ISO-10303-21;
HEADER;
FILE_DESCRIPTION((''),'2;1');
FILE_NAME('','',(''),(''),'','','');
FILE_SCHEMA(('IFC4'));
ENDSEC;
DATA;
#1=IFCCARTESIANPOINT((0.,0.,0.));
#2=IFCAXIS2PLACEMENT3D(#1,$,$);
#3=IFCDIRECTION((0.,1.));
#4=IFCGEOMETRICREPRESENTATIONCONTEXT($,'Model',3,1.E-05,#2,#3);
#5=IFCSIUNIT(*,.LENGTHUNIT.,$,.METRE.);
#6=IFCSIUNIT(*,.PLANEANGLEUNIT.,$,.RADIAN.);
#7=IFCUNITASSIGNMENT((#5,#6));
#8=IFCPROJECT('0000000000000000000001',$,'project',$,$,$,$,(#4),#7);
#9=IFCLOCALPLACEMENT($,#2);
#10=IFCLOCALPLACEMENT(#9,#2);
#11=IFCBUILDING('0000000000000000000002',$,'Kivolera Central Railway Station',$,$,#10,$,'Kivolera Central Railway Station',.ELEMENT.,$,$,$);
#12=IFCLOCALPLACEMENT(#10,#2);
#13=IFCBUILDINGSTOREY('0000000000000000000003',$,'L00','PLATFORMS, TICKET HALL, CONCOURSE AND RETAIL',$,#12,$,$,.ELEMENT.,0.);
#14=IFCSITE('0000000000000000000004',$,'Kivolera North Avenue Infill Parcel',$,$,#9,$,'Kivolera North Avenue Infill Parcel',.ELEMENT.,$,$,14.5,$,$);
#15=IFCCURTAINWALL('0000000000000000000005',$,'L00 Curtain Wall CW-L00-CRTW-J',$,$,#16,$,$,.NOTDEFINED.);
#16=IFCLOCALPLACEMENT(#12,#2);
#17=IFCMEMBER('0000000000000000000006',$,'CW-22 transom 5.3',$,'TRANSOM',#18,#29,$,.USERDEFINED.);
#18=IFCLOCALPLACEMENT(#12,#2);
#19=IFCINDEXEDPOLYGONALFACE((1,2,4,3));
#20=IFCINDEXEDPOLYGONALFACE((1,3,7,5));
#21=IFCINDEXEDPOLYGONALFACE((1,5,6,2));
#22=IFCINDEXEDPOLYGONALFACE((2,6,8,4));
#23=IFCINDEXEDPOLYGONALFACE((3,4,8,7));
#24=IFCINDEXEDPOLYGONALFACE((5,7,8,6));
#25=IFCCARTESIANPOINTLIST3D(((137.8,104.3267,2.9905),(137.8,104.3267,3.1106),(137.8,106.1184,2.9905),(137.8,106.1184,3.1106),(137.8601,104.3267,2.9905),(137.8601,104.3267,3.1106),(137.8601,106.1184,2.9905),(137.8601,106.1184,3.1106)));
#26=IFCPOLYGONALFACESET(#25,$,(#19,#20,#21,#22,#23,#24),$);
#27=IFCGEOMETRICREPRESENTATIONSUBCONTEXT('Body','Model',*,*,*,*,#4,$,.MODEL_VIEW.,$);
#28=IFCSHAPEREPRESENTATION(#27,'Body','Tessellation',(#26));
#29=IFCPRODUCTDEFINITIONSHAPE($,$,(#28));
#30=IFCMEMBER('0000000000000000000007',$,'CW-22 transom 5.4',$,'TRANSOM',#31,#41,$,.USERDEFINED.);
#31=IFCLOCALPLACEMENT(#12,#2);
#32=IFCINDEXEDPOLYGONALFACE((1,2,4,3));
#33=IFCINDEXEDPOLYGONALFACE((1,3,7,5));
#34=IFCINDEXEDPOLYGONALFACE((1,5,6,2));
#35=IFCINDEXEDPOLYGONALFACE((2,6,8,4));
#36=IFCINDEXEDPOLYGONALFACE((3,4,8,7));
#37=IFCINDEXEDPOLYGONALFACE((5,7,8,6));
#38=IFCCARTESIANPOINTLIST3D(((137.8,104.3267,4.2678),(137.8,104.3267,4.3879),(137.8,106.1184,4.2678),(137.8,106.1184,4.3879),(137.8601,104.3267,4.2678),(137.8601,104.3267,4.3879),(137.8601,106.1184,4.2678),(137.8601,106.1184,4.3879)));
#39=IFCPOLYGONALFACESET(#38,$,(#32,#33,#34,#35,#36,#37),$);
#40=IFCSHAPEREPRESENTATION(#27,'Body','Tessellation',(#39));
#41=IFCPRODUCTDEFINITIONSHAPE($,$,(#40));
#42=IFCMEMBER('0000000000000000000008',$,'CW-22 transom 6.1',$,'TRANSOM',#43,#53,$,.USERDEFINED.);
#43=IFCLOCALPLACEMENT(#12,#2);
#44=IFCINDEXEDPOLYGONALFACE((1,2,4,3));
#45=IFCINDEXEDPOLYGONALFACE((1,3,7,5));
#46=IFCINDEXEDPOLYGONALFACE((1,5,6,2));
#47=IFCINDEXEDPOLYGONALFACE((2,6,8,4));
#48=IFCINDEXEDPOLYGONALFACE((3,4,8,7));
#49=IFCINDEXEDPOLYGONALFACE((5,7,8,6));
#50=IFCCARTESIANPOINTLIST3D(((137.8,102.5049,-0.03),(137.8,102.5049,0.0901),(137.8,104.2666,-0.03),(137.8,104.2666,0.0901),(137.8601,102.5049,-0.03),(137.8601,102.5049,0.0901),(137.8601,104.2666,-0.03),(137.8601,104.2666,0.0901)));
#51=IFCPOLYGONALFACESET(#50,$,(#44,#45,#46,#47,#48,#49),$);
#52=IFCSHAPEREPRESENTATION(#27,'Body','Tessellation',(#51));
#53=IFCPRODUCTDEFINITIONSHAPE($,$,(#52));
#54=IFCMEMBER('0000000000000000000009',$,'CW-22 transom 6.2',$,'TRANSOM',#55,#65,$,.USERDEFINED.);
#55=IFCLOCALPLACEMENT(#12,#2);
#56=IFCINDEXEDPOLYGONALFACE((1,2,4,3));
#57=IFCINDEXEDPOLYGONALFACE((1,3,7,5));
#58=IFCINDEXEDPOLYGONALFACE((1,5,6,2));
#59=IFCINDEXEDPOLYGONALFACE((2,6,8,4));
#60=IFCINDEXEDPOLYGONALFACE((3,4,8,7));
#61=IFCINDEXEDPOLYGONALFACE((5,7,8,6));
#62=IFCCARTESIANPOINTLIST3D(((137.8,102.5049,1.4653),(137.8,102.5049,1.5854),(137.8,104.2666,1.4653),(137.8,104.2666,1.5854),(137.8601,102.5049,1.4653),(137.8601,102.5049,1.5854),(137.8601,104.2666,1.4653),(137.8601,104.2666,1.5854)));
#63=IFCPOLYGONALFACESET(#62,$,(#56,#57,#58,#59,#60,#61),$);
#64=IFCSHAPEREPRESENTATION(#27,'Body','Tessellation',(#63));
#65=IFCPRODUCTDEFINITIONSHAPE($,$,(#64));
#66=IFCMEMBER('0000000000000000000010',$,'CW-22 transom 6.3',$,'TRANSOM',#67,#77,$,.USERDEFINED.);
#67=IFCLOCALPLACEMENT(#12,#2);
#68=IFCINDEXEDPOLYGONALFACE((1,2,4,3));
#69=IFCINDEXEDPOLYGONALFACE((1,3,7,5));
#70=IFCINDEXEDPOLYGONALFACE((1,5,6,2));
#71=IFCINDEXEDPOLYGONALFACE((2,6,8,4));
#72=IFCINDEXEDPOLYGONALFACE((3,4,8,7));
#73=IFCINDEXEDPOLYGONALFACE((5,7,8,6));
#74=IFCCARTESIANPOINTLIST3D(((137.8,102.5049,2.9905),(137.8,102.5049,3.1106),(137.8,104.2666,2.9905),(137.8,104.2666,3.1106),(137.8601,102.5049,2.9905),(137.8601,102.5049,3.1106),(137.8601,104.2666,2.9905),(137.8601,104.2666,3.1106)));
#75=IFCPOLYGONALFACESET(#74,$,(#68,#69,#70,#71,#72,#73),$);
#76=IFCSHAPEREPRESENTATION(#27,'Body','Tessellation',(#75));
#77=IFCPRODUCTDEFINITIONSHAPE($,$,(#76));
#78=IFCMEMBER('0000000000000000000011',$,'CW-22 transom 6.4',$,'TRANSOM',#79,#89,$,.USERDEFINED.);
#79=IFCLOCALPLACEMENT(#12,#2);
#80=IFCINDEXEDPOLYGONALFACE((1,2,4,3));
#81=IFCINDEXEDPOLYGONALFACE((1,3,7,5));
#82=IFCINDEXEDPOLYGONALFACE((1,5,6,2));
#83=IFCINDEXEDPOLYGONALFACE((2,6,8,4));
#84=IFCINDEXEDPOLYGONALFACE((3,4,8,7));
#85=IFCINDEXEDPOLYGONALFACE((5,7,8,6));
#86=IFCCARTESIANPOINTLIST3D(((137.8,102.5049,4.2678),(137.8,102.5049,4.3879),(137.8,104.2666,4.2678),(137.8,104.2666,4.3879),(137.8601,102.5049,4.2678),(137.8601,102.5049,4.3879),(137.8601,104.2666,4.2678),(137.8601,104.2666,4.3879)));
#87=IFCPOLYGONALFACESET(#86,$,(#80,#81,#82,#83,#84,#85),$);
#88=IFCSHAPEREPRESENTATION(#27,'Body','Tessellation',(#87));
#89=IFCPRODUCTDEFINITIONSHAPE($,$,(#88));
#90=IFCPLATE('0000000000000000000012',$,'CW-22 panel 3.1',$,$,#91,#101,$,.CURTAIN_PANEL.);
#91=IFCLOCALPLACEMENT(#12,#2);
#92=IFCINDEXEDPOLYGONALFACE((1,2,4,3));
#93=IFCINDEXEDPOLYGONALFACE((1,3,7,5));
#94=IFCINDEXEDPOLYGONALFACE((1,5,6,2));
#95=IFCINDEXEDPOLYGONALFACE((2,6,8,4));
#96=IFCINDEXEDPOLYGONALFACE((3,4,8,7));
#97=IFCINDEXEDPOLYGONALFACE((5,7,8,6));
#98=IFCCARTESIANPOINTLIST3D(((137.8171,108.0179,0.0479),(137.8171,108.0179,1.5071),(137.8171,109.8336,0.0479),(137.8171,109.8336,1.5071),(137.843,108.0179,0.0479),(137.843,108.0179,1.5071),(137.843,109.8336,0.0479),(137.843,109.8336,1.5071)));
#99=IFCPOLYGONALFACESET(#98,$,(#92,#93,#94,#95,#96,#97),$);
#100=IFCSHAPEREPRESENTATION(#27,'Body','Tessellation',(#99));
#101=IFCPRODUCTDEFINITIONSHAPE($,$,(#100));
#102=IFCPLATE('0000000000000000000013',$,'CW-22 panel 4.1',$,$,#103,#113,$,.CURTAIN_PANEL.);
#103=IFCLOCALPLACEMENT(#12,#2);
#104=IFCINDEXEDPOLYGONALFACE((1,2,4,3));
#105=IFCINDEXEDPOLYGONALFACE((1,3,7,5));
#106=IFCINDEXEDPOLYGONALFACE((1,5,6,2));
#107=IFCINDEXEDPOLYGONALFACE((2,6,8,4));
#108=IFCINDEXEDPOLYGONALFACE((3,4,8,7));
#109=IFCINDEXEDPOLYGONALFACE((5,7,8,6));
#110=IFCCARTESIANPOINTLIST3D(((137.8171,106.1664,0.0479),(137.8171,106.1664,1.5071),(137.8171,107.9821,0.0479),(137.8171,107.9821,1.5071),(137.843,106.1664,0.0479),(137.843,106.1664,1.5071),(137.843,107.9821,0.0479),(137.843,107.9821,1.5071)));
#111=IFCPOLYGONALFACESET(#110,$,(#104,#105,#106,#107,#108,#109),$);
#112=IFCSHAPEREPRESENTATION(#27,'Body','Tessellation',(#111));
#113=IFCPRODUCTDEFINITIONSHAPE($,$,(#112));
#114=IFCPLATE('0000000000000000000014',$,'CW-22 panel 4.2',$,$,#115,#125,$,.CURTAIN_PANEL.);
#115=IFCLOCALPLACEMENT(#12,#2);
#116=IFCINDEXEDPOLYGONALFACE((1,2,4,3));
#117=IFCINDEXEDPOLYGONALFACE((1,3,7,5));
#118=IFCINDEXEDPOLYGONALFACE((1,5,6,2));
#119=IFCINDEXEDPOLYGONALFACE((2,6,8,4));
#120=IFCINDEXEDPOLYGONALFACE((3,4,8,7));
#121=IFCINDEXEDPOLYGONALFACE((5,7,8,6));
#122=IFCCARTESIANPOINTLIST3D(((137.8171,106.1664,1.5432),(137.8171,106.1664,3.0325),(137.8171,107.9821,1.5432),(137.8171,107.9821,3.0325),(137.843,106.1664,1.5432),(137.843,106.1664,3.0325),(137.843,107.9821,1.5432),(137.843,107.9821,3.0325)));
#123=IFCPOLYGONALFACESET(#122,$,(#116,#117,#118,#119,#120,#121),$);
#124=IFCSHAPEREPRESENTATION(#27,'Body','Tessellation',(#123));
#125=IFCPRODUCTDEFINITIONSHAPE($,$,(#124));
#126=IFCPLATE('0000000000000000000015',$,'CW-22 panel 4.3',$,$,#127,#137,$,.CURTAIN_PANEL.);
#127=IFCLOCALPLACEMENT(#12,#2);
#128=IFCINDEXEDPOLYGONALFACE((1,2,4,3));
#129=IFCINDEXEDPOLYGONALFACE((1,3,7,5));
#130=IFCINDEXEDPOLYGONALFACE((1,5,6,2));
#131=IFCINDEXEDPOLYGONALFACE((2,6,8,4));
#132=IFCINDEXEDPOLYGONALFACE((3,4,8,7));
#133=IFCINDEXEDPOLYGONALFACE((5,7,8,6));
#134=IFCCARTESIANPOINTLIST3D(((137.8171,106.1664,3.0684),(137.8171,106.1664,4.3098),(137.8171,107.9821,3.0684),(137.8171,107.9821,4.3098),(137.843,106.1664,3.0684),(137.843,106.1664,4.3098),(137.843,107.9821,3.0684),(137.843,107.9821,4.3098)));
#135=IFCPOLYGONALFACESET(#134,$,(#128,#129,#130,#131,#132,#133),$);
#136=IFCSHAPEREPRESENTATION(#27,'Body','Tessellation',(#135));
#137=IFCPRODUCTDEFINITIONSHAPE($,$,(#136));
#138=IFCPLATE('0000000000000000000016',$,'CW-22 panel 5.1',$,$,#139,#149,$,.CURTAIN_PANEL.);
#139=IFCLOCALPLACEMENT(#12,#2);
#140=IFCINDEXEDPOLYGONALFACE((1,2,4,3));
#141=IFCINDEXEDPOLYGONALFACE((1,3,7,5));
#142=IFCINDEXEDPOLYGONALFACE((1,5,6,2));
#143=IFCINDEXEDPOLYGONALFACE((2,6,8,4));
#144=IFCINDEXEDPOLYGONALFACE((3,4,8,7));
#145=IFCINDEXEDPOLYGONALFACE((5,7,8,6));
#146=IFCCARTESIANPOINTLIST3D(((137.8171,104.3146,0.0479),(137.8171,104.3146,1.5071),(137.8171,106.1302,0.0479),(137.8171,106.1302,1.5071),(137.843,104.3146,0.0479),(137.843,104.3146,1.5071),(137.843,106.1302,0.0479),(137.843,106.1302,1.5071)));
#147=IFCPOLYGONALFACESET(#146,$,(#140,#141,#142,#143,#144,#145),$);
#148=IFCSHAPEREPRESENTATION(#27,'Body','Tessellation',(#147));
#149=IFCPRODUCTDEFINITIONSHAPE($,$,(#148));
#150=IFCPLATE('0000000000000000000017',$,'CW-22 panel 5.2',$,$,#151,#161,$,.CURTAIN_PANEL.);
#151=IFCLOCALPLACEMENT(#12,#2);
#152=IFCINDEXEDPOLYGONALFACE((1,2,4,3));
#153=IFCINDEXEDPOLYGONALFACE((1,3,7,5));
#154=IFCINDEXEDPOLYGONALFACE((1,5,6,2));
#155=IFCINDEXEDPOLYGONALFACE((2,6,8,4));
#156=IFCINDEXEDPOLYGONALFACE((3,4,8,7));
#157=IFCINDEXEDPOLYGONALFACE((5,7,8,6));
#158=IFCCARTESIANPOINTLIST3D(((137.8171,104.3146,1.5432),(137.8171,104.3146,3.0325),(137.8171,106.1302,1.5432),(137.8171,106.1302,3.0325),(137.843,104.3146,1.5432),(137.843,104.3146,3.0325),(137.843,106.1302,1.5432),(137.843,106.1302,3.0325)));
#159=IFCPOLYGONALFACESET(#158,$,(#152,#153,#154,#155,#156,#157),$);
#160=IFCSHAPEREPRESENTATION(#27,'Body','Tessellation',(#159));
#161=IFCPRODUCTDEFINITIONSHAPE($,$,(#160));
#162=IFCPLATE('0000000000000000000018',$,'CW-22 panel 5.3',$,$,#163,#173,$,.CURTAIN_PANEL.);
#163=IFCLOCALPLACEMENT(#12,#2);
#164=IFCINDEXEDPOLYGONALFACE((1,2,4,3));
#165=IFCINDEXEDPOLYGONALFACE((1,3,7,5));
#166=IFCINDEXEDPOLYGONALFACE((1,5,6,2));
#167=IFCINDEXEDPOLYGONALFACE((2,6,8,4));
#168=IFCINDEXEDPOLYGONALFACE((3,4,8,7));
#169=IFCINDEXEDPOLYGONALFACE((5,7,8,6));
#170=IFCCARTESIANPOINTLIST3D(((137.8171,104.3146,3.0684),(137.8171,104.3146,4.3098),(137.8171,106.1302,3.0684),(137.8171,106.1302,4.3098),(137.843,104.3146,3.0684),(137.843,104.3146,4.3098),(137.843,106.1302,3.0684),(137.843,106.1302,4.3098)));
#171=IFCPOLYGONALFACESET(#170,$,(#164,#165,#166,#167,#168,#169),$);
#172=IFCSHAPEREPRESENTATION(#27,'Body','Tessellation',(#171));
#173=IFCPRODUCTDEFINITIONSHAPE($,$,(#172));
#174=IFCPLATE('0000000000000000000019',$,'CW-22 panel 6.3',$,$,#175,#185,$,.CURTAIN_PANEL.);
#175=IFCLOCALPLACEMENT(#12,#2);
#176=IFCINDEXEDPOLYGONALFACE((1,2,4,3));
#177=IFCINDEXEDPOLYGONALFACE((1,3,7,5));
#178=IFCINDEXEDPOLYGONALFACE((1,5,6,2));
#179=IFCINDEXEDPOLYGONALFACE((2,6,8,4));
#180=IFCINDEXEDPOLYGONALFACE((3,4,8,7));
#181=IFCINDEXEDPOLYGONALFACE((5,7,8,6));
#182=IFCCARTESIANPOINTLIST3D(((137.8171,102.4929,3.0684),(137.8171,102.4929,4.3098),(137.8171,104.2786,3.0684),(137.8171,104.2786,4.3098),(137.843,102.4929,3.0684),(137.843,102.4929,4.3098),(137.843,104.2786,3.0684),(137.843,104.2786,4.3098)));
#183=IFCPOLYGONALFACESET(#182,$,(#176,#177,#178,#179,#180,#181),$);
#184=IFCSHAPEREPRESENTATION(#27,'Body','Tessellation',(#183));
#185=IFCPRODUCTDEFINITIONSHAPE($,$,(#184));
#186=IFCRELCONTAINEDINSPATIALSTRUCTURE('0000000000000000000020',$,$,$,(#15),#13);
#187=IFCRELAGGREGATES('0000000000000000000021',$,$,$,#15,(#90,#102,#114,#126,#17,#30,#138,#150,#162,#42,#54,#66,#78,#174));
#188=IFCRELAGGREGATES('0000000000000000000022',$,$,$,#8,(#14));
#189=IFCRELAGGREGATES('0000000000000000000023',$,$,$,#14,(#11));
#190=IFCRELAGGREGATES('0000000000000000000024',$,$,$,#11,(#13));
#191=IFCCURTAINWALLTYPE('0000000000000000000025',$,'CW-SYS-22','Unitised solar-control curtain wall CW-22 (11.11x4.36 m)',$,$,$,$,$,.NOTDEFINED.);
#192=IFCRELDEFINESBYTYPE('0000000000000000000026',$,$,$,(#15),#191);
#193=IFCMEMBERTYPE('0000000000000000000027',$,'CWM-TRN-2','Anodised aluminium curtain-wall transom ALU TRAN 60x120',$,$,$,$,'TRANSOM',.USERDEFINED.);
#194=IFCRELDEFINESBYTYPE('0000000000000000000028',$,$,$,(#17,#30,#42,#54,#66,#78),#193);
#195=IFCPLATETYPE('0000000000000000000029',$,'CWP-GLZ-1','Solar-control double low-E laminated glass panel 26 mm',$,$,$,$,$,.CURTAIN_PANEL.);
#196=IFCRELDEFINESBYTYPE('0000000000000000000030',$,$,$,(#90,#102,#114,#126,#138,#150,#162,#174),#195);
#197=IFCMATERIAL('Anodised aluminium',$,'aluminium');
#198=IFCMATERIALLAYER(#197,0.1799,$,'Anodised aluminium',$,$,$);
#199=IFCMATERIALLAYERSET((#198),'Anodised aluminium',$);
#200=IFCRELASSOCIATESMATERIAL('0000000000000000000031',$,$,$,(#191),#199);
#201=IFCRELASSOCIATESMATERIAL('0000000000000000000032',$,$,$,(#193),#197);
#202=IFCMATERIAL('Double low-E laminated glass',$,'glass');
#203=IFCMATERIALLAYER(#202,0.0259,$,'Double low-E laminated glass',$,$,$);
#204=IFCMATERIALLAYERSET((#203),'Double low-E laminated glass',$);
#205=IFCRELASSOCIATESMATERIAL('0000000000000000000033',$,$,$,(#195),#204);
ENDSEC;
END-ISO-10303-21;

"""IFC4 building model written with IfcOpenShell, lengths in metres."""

from ifc_helpers import new_model, si_unit, direction, frame, origin, origin_2d, place, context, subcontext, project, spatial, rectangle, extrude, material, layer, layer_set, material_profile, profile_set, type_object, element, aggregate, save


model = new_model("IFC4")

# Units and contexts
model_context = context("Model", 3, precision=1e-05, world=origin(), true_north=direction((0.0, 1.0)))
body_context = subcontext(model_context, "Body", "Model", "MODEL_VIEW")
ifc_project = project(units=[si_unit("LENGTHUNIT", "METRE"), si_unit("PLANEANGLEUNIT", "RADIAN")], contexts=[model_context])

# Site, building, storey
site_placement = place(None, origin())
site = spatial("IfcSite", under=ifc_project, at=site_placement, Name="Kivolera North Avenue Infill Parcel", LongName="Kivolera North Avenue Infill Parcel", CompositionType="ELEMENT", RefElevation=14.5)
building_placement = place(site_placement, origin())
building = spatial("IfcBuilding", under=site, at=building_placement, Name="Kivolera Central Railway Station", LongName="Kivolera Central Railway Station", CompositionType="ELEMENT")
storey_placement = place(building_placement, origin())
storey = spatial("IfcBuildingStorey", under=building, at=storey_placement, Name="L00", Description="PLATFORMS, TICKET HALL, CONCOURSE AND RETAIL", CompositionType="ELEMENT", Elevation=0.0)

# Curtain wall, members, plates
ifc_material_1 = material(Name="Anodised aluminium", Category="aluminium")
ifc_layer_1 = layer(ifc_material_1, 0.1799, Name="Anodised aluminium")
ifc_layer_set_1 = layer_set([ifc_layer_1], Name="Anodised aluminium")
curtain_wall_type = type_object("IfcCurtainWallType", Name="CW-SYS-22", Description="Unitised solar-control curtain wall CW-22 (11.11x4.36 m)", PredefinedType="NOTDEFINED", material=ifc_layer_set_1)
curtain_wall_placement = place(storey_placement, origin())
curtain_wall = element("IfcCurtainWall", 1, at=curtain_wall_placement, inside=storey, type_object=curtain_wall_type, Name="L00 Curtain Wall CW-L00-CRTW-J", PredefinedType="NOTDEFINED")
ifc_material_profile_1 = material_profile(ifc_material_1, rectangle(XDim=0.0601, YDim=0.1201, at=origin_2d()), Name="ALU TRAN 60x120")
ifc_profile_set_1 = profile_set([ifc_material_profile_1], Name="Anodised aluminium")
member_type_1 = type_object("IfcMemberType", Name="CWM-TRN-2", Description="Anodised aluminium curtain-wall transom ALU TRAN 60x120", ElementType="TRANSOM", PredefinedType="USERDEFINED", material=ifc_profile_set_1)
member_1_placement = place(storey_placement, frame((137.8301, 106.1184, 3.0505), z_axis=(0.0, -1.0, 0.0), x_axis=(1.0, 0.0, 0.0)))
member_1 = element("IfcMember", 2, at=member_1_placement, type_object=member_type_1, Name="CW-22 transom 5.3", ObjectType="TRANSOM", PredefinedType="USERDEFINED", context=body_context, shape_type="SweptSolid", body=[
    extrude(rectangle(XDim=0.0601, YDim=0.1201, at=origin_2d()), origin(), (0.0, 0.0, 1.0), 1.7917),
])
member_2_placement = place(storey_placement, frame((137.8301, 106.1184, 4.3279), z_axis=(0.0, -1.0, 0.0), x_axis=(1.0, 0.0, 0.0)))
member_2 = element("IfcMember", 3, at=member_2_placement, type_object=member_type_1, Name="CW-22 transom 5.4", ObjectType="TRANSOM", PredefinedType="USERDEFINED", context=body_context, shape_type="SweptSolid", body=[
    extrude(rectangle(XDim=0.0601, YDim=0.1201, at=origin_2d()), origin(), (0.0, 0.0, 1.0), 1.7917),
])
member_3_placement = place(storey_placement, frame((137.8301, 104.2666, 0.03), z_axis=(0.0, -1.0, 0.0), x_axis=(1.0, 0.0, 0.0)))
member_3 = element("IfcMember", 4, at=member_3_placement, type_object=member_type_1, Name="CW-22 transom 6.1", ObjectType="TRANSOM", PredefinedType="USERDEFINED", context=body_context, shape_type="SweptSolid", body=[
    extrude(rectangle(XDim=0.0601, YDim=0.1201, at=origin_2d()), origin(), (0.0, 0.0, 1.0), 1.7617),
])
member_4_placement = place(storey_placement, frame((137.8301, 104.2666, 1.5254), z_axis=(0.0, -1.0, 0.0), x_axis=(1.0, 0.0, 0.0)))
member_4 = element("IfcMember", 5, at=member_4_placement, type_object=member_type_1, Name="CW-22 transom 6.2", ObjectType="TRANSOM", PredefinedType="USERDEFINED", context=body_context, shape_type="SweptSolid", body=[
    extrude(rectangle(XDim=0.0601, YDim=0.1201, at=origin_2d()), origin(), (0.0, 0.0, 1.0), 1.7617),
])
member_5_placement = place(storey_placement, frame((137.8301, 104.2666, 3.0505), z_axis=(0.0, -1.0, 0.0), x_axis=(1.0, 0.0, 0.0)))
member_5 = element("IfcMember", 6, at=member_5_placement, type_object=member_type_1, Name="CW-22 transom 6.3", ObjectType="TRANSOM", PredefinedType="USERDEFINED", context=body_context, shape_type="SweptSolid", body=[
    extrude(rectangle(XDim=0.0601, YDim=0.1201, at=origin_2d()), origin(), (0.0, 0.0, 1.0), 1.7617),
])
member_6_placement = place(storey_placement, frame((137.8301, 104.2666, 4.3279), z_axis=(0.0, -1.0, 0.0), x_axis=(1.0, 0.0, 0.0)))
member_6 = element("IfcMember", 7, at=member_6_placement, type_object=member_type_1, Name="CW-22 transom 6.4", ObjectType="TRANSOM", PredefinedType="USERDEFINED", context=body_context, shape_type="SweptSolid", body=[
    extrude(rectangle(XDim=0.0601, YDim=0.1201, at=origin_2d()), origin(), (0.0, 0.0, 1.0), 1.7617),
])
ifc_material_2 = material(Name="Double low-E laminated glass", Category="glass")
ifc_layer_2 = layer(ifc_material_2, 0.0259, Name="Double low-E laminated glass")
ifc_layer_set_2 = layer_set([ifc_layer_2], Name="Double low-E laminated glass")
plate_type = type_object("IfcPlateType", Name="CWP-GLZ-1", Description="Solar-control double low-E laminated glass panel 26 mm", PredefinedType="CURTAIN_PANEL", material=ifc_layer_set_2)
plate_1_placement = place(storey_placement, frame((137.8301, 108.9258, 0.0479), z_axis=(0.0, 0.0, 1.0), x_axis=(0.0, -1.0, 0.0)))
plate_1 = element("IfcPlate", 8, at=plate_1_placement, type_object=plate_type, Name="CW-22 panel 3.1", PredefinedType="CURTAIN_PANEL", context=body_context, shape_type="SweptSolid", body=[
    extrude(rectangle(XDim=1.8157, YDim=0.0259, at=origin_2d()), origin(), (0.0, 0.0, 1.0), 1.4592),
])
plate_2_placement = place(storey_placement, frame((137.8301, 107.0742, 0.0479), z_axis=(0.0, 0.0, 1.0), x_axis=(0.0, -1.0, 0.0)))
plate_2 = element("IfcPlate", 9, at=plate_2_placement, type_object=plate_type, Name="CW-22 panel 4.1", PredefinedType="CURTAIN_PANEL", context=body_context, shape_type="SweptSolid", body=[
    extrude(rectangle(XDim=1.8157, YDim=0.0259, at=origin_2d()), origin(), (0.0, 0.0, 1.0), 1.4592),
])
plate_3_placement = place(storey_placement, frame((137.8301, 107.0742, 1.5432), z_axis=(0.0, 0.0, 1.0), x_axis=(0.0, -1.0, 0.0)))
plate_3 = element("IfcPlate", 10, at=plate_3_placement, type_object=plate_type, Name="CW-22 panel 4.2", PredefinedType="CURTAIN_PANEL", context=body_context, shape_type="SweptSolid", body=[
    extrude(rectangle(XDim=1.8157, YDim=0.0259, at=origin_2d()), origin(), (0.0, 0.0, 1.0), 1.4893),
])
plate_4_placement = place(storey_placement, frame((137.8301, 107.0742, 3.0684), z_axis=(0.0, 0.0, 1.0), x_axis=(0.0, -1.0, 0.0)))
plate_4 = element("IfcPlate", 11, at=plate_4_placement, type_object=plate_type, Name="CW-22 panel 4.3", PredefinedType="CURTAIN_PANEL", context=body_context, shape_type="SweptSolid", body=[
    extrude(rectangle(XDim=1.8157, YDim=0.0259, at=origin_2d()), origin(), (0.0, 0.0, 1.0), 1.2415),
])
plate_5_placement = place(storey_placement, frame((137.8301, 105.2224, 0.0479), z_axis=(0.0, 0.0, 1.0), x_axis=(0.0, -1.0, 0.0)))
plate_5 = element("IfcPlate", 12, at=plate_5_placement, type_object=plate_type, Name="CW-22 panel 5.1", PredefinedType="CURTAIN_PANEL", context=body_context, shape_type="SweptSolid", body=[
    extrude(rectangle(XDim=1.8157, YDim=0.0259, at=origin_2d()), origin(), (0.0, 0.0, 1.0), 1.4592),
])
plate_6_placement = place(storey_placement, frame((137.8301, 105.2224, 1.5432), z_axis=(0.0, 0.0, 1.0), x_axis=(0.0, -1.0, 0.0)))
plate_6 = element("IfcPlate", 13, at=plate_6_placement, type_object=plate_type, Name="CW-22 panel 5.2", PredefinedType="CURTAIN_PANEL", context=body_context, shape_type="SweptSolid", body=[
    extrude(rectangle(XDim=1.8157, YDim=0.0259, at=origin_2d()), origin(), (0.0, 0.0, 1.0), 1.4893),
])
plate_7_placement = place(storey_placement, frame((137.8301, 105.2224, 3.0684), z_axis=(0.0, 0.0, 1.0), x_axis=(0.0, -1.0, 0.0)))
plate_7 = element("IfcPlate", 14, at=plate_7_placement, type_object=plate_type, Name="CW-22 panel 5.3", PredefinedType="CURTAIN_PANEL", context=body_context, shape_type="SweptSolid", body=[
    extrude(rectangle(XDim=1.8157, YDim=0.0259, at=origin_2d()), origin(), (0.0, 0.0, 1.0), 1.2415),
])
plate_8_placement = place(storey_placement, frame((137.8301, 103.3857, 3.0684), z_axis=(0.0, 0.0, 1.0), x_axis=(0.0, -1.0, 0.0)))
plate_8 = element("IfcPlate", 15, at=plate_8_placement, type_object=plate_type, Name="CW-22 panel 6.3", PredefinedType="CURTAIN_PANEL", context=body_context, shape_type="SweptSolid", body=[
    extrude(rectangle(XDim=1.7856, YDim=0.0259, at=origin_2d()), origin(), (0.0, 0.0, 1.0), 1.2415),
])
aggregate(curtain_wall, [plate_1, plate_2, plate_3, plate_4, member_1, member_2, plate_5, plate_6, plate_7, member_3, member_4, member_5, member_6, plate_8])

save(model, "model.ifc")
